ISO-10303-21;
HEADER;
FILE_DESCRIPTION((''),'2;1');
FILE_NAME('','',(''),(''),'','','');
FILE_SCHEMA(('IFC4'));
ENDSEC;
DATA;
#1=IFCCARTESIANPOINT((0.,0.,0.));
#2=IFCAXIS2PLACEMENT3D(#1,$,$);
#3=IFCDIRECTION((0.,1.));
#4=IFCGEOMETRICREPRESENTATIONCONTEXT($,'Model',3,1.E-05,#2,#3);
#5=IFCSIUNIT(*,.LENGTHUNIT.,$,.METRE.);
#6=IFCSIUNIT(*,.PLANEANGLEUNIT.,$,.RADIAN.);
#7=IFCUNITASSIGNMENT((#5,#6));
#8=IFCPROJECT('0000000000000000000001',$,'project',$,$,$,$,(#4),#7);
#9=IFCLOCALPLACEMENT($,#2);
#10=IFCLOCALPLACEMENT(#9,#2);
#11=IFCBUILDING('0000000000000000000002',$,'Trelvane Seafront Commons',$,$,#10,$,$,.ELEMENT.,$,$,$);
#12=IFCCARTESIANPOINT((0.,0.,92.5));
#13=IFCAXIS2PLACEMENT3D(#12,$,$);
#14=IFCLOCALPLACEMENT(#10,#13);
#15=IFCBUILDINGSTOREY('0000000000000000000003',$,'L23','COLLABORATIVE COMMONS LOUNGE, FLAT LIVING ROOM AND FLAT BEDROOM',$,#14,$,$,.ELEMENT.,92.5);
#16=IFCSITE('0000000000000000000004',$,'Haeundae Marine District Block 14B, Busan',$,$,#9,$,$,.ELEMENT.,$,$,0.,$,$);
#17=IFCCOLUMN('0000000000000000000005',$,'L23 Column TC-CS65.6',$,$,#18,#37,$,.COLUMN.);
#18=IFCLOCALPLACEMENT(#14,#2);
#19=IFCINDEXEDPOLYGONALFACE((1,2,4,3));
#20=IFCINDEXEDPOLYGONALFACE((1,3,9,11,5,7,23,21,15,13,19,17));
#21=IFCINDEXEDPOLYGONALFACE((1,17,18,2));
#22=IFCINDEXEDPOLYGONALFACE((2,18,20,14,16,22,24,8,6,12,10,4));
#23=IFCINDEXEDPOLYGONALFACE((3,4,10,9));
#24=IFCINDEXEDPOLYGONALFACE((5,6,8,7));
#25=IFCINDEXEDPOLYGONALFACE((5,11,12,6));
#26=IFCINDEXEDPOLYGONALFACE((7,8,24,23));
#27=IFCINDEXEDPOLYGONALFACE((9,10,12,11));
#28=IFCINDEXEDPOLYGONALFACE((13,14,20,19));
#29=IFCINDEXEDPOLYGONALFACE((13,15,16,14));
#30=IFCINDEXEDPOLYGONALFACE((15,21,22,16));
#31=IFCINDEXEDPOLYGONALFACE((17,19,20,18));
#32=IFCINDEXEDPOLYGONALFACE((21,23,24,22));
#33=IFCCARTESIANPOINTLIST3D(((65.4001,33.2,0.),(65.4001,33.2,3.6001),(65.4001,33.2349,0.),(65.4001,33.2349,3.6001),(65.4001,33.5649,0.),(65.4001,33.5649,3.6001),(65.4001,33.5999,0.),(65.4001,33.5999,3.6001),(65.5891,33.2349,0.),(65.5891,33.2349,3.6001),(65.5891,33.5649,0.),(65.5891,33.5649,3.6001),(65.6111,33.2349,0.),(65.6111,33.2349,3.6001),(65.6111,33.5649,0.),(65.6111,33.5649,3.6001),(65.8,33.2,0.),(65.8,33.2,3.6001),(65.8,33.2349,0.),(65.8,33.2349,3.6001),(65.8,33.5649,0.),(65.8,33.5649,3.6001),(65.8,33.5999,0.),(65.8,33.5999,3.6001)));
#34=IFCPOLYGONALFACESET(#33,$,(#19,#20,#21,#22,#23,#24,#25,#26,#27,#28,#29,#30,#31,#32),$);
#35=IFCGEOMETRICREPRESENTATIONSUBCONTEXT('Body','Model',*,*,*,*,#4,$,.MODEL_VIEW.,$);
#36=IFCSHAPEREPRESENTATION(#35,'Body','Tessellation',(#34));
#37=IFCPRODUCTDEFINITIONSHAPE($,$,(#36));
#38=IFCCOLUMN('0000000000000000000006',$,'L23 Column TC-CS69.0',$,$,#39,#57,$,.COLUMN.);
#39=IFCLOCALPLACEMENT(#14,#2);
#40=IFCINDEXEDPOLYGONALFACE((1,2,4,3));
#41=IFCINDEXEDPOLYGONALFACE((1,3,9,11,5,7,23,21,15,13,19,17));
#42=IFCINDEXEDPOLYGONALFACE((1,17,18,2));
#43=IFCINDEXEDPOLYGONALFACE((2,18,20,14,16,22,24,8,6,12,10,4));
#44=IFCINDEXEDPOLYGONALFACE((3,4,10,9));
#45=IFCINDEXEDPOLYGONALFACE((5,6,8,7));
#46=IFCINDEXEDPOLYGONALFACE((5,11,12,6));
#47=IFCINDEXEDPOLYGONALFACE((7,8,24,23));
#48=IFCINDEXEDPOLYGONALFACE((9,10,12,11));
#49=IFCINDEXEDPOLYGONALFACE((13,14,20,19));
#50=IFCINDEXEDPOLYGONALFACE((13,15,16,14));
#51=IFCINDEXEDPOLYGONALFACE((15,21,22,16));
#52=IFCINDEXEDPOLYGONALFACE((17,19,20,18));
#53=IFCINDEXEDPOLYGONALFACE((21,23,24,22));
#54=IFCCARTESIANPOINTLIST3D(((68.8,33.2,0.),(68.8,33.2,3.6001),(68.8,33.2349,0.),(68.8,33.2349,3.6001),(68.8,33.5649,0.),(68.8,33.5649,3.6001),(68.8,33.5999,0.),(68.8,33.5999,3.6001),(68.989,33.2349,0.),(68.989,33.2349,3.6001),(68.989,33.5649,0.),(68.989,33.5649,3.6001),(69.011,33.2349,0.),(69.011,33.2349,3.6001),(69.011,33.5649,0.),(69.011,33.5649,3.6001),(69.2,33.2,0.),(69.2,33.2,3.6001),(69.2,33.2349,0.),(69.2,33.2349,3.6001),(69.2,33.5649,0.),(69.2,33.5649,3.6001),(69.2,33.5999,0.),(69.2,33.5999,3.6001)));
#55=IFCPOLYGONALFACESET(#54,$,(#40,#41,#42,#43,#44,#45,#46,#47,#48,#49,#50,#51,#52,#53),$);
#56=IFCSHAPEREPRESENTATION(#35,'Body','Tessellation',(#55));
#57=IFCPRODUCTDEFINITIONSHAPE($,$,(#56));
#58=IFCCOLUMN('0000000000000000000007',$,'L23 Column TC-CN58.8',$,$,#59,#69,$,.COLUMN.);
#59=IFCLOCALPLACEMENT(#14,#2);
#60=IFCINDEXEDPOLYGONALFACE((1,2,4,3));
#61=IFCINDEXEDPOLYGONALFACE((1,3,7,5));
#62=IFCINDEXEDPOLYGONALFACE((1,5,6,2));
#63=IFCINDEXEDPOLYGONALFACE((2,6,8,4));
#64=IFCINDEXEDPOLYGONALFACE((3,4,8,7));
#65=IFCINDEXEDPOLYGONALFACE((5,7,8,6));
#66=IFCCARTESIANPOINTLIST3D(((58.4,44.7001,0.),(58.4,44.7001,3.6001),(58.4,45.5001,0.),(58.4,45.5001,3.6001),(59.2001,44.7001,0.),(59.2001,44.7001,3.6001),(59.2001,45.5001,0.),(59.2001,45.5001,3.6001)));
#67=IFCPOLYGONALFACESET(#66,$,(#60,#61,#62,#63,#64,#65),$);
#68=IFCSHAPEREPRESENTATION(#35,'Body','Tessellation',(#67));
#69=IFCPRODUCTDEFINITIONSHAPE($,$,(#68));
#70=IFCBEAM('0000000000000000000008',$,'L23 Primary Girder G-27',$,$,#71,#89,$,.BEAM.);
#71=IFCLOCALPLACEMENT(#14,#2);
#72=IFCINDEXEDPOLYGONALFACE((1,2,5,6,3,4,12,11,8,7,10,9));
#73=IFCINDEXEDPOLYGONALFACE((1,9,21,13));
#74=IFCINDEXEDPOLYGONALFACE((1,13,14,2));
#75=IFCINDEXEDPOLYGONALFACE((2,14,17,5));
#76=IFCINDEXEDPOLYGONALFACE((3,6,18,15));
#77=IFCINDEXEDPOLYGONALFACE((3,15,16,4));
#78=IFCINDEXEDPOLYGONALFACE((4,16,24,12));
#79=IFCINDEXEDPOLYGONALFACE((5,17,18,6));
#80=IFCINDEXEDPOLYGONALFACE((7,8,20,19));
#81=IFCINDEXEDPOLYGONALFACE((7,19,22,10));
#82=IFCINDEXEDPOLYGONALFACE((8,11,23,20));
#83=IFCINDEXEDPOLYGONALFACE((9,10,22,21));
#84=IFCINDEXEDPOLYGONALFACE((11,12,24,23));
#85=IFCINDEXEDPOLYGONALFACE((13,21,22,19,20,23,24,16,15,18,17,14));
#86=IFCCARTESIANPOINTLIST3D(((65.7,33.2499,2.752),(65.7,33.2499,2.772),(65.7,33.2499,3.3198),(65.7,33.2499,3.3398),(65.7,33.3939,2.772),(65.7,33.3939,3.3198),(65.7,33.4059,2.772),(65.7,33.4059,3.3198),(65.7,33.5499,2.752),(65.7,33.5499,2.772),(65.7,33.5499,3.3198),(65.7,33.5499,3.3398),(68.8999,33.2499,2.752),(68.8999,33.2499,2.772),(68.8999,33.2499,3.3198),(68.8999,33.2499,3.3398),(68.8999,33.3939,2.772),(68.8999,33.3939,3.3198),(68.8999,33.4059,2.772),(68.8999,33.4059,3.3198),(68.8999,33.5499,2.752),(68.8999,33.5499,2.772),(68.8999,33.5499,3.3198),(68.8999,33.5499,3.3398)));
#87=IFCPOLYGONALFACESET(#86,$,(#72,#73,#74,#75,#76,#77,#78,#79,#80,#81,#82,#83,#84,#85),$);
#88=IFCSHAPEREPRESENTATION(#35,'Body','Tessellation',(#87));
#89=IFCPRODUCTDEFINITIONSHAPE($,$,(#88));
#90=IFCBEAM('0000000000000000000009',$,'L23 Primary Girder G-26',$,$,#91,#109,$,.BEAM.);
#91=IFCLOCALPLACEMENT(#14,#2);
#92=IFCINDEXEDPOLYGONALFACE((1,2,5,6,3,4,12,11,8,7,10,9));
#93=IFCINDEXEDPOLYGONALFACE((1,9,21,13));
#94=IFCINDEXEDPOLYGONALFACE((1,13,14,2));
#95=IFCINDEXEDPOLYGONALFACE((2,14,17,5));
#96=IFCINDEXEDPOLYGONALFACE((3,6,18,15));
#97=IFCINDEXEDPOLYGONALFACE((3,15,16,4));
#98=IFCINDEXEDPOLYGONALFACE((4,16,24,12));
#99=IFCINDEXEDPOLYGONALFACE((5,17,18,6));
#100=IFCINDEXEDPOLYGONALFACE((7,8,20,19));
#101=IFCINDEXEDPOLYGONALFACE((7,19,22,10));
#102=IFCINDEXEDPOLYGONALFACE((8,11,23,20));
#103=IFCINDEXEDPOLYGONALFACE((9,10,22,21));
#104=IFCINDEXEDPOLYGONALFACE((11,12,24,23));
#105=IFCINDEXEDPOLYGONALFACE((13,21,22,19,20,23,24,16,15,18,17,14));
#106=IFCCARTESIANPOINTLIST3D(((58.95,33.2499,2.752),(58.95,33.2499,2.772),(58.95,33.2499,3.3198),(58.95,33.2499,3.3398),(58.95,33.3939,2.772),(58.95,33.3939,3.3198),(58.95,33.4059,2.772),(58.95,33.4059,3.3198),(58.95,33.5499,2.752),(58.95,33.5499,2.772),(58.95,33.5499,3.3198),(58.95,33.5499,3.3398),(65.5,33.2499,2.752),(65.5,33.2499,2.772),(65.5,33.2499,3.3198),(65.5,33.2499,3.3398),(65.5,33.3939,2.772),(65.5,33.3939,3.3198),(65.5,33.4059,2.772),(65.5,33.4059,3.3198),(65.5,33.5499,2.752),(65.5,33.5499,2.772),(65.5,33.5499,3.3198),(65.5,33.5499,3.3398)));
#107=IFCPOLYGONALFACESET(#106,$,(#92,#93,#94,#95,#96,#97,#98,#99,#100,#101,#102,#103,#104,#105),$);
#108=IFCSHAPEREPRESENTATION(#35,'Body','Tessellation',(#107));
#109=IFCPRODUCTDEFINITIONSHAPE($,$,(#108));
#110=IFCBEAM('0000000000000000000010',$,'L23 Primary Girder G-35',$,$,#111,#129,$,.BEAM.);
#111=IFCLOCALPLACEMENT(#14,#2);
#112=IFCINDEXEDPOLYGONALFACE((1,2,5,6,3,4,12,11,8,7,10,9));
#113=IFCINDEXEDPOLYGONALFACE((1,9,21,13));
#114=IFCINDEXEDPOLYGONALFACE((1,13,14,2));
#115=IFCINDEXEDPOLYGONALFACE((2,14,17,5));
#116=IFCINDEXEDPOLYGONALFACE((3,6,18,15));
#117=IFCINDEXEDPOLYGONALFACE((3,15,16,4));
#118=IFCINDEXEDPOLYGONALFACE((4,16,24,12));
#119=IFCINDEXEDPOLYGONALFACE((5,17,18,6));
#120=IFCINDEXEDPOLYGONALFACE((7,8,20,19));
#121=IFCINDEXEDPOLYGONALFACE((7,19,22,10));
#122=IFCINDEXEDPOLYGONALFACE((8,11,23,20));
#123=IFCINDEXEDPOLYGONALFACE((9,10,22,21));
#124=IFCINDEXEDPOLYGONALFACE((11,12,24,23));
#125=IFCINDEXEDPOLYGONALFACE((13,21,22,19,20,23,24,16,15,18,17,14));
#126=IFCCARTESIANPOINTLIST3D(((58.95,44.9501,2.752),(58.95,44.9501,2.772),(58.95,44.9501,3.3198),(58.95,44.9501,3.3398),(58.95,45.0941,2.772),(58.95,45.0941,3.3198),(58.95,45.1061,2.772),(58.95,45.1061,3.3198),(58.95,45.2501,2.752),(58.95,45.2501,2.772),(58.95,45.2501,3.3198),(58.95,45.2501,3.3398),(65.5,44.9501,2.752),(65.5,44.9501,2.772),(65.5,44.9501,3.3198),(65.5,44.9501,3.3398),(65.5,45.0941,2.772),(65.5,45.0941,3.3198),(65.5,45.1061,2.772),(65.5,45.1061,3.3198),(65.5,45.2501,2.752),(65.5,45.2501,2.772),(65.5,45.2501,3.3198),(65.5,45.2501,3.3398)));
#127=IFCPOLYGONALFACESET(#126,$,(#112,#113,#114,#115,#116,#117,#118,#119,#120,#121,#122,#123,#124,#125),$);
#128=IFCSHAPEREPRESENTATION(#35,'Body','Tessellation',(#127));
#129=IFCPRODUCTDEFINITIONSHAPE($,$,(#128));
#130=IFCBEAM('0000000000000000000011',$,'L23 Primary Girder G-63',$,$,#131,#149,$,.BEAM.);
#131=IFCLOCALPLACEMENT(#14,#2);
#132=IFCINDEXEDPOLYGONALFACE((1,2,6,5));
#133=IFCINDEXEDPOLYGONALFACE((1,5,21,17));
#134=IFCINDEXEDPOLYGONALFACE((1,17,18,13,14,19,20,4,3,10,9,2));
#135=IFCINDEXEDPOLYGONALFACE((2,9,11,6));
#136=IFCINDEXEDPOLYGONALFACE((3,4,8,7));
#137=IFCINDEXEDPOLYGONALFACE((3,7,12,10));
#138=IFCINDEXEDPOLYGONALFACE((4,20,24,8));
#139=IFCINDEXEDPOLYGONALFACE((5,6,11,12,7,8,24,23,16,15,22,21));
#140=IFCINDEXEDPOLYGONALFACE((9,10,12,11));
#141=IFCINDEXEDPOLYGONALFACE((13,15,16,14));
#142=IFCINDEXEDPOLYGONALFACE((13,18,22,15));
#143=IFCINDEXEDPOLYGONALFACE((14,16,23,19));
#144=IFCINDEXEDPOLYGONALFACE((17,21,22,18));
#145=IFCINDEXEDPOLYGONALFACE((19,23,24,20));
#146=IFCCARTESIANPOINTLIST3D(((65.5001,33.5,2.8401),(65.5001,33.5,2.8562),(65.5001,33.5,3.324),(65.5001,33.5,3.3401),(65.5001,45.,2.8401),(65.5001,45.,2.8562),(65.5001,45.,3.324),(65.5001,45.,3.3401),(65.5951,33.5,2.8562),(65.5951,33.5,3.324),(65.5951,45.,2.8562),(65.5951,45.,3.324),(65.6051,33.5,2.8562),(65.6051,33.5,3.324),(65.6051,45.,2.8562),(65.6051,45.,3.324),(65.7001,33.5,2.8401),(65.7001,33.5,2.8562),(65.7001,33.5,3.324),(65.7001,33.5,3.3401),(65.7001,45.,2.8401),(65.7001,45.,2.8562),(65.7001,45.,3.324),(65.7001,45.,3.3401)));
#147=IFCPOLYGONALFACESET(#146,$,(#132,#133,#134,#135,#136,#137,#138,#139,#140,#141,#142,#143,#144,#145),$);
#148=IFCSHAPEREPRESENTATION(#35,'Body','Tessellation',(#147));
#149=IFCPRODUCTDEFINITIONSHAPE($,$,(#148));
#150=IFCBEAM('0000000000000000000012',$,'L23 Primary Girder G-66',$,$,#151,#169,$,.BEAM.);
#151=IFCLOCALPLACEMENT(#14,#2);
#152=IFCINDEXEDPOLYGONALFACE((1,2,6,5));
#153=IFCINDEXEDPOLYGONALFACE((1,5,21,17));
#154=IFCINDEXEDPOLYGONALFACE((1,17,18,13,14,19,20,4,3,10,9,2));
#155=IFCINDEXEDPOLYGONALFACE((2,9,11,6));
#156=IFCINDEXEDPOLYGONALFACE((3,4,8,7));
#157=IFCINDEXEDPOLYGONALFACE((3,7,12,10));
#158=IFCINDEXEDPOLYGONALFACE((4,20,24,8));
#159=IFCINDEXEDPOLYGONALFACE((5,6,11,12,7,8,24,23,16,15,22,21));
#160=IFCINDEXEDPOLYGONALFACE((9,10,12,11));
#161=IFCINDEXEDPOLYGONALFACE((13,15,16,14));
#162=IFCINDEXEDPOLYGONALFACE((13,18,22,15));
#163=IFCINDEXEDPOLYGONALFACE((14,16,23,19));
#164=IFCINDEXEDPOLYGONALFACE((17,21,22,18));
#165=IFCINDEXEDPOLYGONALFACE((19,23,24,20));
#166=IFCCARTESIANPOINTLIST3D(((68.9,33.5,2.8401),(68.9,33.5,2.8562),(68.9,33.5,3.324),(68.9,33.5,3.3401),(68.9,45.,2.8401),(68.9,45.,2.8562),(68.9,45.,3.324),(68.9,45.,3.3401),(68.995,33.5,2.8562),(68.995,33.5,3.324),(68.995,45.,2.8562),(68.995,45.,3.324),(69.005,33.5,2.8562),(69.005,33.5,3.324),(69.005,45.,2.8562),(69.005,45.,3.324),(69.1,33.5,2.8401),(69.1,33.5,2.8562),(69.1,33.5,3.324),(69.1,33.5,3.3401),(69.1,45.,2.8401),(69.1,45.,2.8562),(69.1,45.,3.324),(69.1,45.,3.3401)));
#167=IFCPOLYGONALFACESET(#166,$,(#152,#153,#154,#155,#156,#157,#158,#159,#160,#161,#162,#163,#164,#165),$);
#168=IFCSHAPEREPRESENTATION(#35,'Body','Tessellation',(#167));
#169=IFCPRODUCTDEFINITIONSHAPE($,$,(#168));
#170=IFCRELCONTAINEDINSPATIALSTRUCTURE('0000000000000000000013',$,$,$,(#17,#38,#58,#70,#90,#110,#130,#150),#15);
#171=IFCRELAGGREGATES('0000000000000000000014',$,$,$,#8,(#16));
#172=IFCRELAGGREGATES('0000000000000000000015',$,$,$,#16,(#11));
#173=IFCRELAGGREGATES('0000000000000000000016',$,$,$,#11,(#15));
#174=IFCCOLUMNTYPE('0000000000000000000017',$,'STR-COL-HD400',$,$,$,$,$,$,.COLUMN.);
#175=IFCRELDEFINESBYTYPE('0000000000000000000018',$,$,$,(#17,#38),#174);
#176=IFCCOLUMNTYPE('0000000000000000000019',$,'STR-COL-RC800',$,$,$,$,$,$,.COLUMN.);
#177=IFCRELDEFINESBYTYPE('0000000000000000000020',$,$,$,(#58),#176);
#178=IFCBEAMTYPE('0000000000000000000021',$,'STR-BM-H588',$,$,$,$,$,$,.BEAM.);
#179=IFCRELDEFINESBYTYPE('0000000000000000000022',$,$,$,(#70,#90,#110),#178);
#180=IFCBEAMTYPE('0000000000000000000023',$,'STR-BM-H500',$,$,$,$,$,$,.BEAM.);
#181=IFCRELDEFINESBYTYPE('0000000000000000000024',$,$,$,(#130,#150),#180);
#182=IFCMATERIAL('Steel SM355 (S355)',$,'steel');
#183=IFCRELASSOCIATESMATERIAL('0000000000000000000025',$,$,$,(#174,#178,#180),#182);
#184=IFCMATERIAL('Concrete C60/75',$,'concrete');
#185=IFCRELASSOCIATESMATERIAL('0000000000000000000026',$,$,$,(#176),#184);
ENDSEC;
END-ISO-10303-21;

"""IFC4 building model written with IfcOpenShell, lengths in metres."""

from ifc_helpers import new_model, si_unit, direction, frame, origin, origin_2d, place, context, subcontext, project, spatial, rectangle, i_section, extrude, source, transform, mapped, material, material_profile, profile_set, type_object, element, save


model = new_model("IFC4")

# Units and contexts
model_context = context("Model", 3, precision=1e-05, world=origin(), true_north=direction((0.0, 1.0)))
body_context = subcontext(model_context, "Body", "Model", "MODEL_VIEW")
ifc_project = project(units=[si_unit("LENGTHUNIT", "METRE"), si_unit("PLANEANGLEUNIT", "RADIAN")], contexts=[model_context])

# Site, building, storey
site_placement = place(None, origin())
site = spatial("IfcSite", under=ifc_project, at=site_placement, Name="Haeundae Marine District Block 14B, Busan", CompositionType="ELEMENT", RefElevation=0.0)
building_placement = place(site_placement, origin())
building = spatial("IfcBuilding", under=site, at=building_placement, Name="Trelvane Seafront Commons", CompositionType="ELEMENT")
storey_placement = place(building_placement, frame((0.0, 0.0, 92.5)))
storey = spatial("IfcBuildingStorey", under=building, at=storey_placement, Name="L23", Description="COLLABORATIVE COMMONS LOUNGE, FLAT LIVING ROOM AND FLAT BEDROOM", CompositionType="ELEMENT", Elevation=92.5)

# Columns
ifc_material_1 = material(Name="Steel SM355 (S355)", Category="steel")
ifc_material_profile_1 = material_profile(ifc_material_1, i_section(OverallWidth=0.3999, OverallDepth=0.3999, WebThickness=0.022, FlangeThickness=0.0349, at=origin_2d()), Name="HD-400x400x22x35")
ifc_profile_set_1 = profile_set([ifc_material_profile_1], Name="Steel SM355 (S355)")
column_type_1 = type_object("IfcColumnType", Name="STR-COL-HD400", PredefinedType="COLUMN", material=ifc_profile_set_1)
shared_shape_1 = source(origin(), body_context, "Body", "SweptSolid", [
    extrude(i_section(OverallWidth=0.3999, OverallDepth=0.3999, WebThickness=0.022, FlangeThickness=0.0349, at=origin_2d()), origin(), (0.0, 0.0, 1.0), 3.6001),
])
for number, where, z_axis, x_axis, name in (
    (1, (65.6001, 33.3999, 0.0), (0.0, 0.0, 1.0), (1.0, 0.0, 0.0), "L23 Column TC-CS65.6"),
    (2, (69.0, 33.3999, 0.0), (0.0, 0.0, 1.0), (1.0, 0.0, 0.0), "L23 Column TC-CS69.0"),
):
    element("IfcColumn", number, at=place(storey_placement, frame(where, z_axis=z_axis, x_axis=x_axis)), inside=storey, type_object=column_type_1, Name=name, PredefinedType="COLUMN", context=body_context, shape_type="MappedRepresentation", body=[
        mapped(shared_shape_1, transform((0.0, 0.0, 0.0), x_axis=(1.0, 0.0, 0.0), y_axis=(0.0, 1.0, 0.0), z_axis=(0.0, 0.0, 1.0), scale=1.0)),
    ])
ifc_material_2 = material(Name="Concrete C60/75", Category="concrete")
ifc_material_profile_2 = material_profile(ifc_material_2, rectangle(XDim=0.8, YDim=0.8, at=origin_2d()), Name="RC-800x800")
ifc_profile_set_2 = profile_set([ifc_material_profile_2], Name="Concrete C60/75")
column_type_2 = type_object("IfcColumnType", Name="STR-COL-RC800", PredefinedType="COLUMN", material=ifc_profile_set_2)
shared_shape_2 = source(origin(), body_context, "Body", "SweptSolid", [
    extrude(rectangle(XDim=0.8, YDim=0.8, at=origin_2d()), origin(), (0.0, 0.0, 1.0), 3.6001),
])
column_placement = place(storey_placement, frame((58.8, 45.1001, 0.0), z_axis=(0.0, 0.0, 1.0), x_axis=(1.0, 0.0, 0.0)))
element("IfcColumn", 3, at=column_placement, inside=storey, type_object=column_type_2, Name="L23 Column TC-CN58.8", PredefinedType="COLUMN", context=body_context, shape_type="MappedRepresentation", body=[
    mapped(shared_shape_2, transform((0.0, 0.0, 0.0), x_axis=(1.0, 0.0, 0.0), y_axis=(0.0, 1.0, 0.0), z_axis=(0.0, 0.0, 1.0), scale=1.0)),
])

# Beams
ifc_material_profile_3 = material_profile(ifc_material_1, i_section(OverallWidth=0.3, OverallDepth=0.5879, WebThickness=0.012, FlangeThickness=0.02, at=origin_2d()), Name="H-588x300x12x20")
ifc_profile_set_3 = profile_set([ifc_material_profile_3], Name="Steel SM355 (S355)")
beam_type_1 = type_object("IfcBeamType", Name="STR-BM-H588", PredefinedType="BEAM", material=ifc_profile_set_3)
shared_shape_3 = source(origin(), body_context, "Body", "SweptSolid", [
    extrude(i_section(OverallWidth=0.3, OverallDepth=0.5879, WebThickness=0.012, FlangeThickness=0.02, at=origin_2d()), origin(), (0.0, 0.0, 1.0), 3.2),
])
beam_1_placement = place(storey_placement, frame((65.7, 33.3999, 3.0459), z_axis=(1.0, 0.0, 0.0), x_axis=(0.0, 1.0, 0.0)))
element("IfcBeam", 4, at=beam_1_placement, inside=storey, type_object=beam_type_1, Name="L23 Primary Girder G-27", PredefinedType="BEAM", context=body_context, shape_type="MappedRepresentation", body=[
    mapped(shared_shape_3, transform((0.0, 0.0, 0.0), x_axis=(1.0, 0.0, 0.0), y_axis=(0.0, 1.0, 0.0), z_axis=(0.0, 0.0, 1.0), scale=1.0)),
])
shared_shape_4 = source(origin(), body_context, "Body", "SweptSolid", [
    extrude(i_section(OverallWidth=0.3, OverallDepth=0.5879, WebThickness=0.012, FlangeThickness=0.02, at=origin_2d()), origin(), (0.0, 0.0, 1.0), 6.55),
])
for number, where, z_axis, x_axis, name in (
    (5, (58.95, 33.3999, 3.0459), (1.0, 0.0, 0.0), (0.0, 1.0, 0.0), "L23 Primary Girder G-26"),
    (6, (58.95, 45.1001, 3.0459), (1.0, 0.0, 0.0), (0.0, 1.0, 0.0), "L23 Primary Girder G-35"),
):
    element("IfcBeam", number, at=place(storey_placement, frame(where, z_axis=z_axis, x_axis=x_axis)), inside=storey, type_object=beam_type_1, Name=name, PredefinedType="BEAM", context=body_context, shape_type="MappedRepresentation", body=[
        mapped(shared_shape_4, transform((0.0, 0.0, 0.0), x_axis=(1.0, 0.0, 0.0), y_axis=(0.0, 1.0, 0.0), z_axis=(0.0, 0.0, 1.0), scale=1.0)),
    ])
ifc_material_profile_4 = material_profile(ifc_material_1, i_section(OverallWidth=0.2, OverallDepth=0.5, WebThickness=0.01, FlangeThickness=0.0161, at=origin_2d()), Name="H-500x200x10x16")
ifc_profile_set_4 = profile_set([ifc_material_profile_4], Name="Steel SM355 (S355)")
beam_type_2 = type_object("IfcBeamType", Name="STR-BM-H500", PredefinedType="BEAM", material=ifc_profile_set_4)
shared_shape_5 = source(origin(), body_context, "Body", "SweptSolid", [
    extrude(i_section(OverallWidth=0.2, OverallDepth=0.5, WebThickness=0.01, FlangeThickness=0.0161, at=origin_2d()), origin(), (0.0, 0.0, 1.0), 11.5),
])
for number, where, z_axis, x_axis, name in (
    (7, (65.6001, 33.5, 3.0901), (0.0, 1.0, 0.0), (-1.0, 0.0, 0.0), "L23 Primary Girder G-63"),
    (8, (69.0, 33.5, 3.0901), (0.0, 1.0, 0.0), (-1.0, 0.0, 0.0), "L23 Primary Girder G-66"),
):
    element("IfcBeam", number, at=place(storey_placement, frame(where, z_axis=z_axis, x_axis=x_axis)), inside=storey, type_object=beam_type_2, Name=name, PredefinedType="BEAM", context=body_context, shape_type="MappedRepresentation", body=[
        mapped(shared_shape_5, transform((0.0, 0.0, 0.0), x_axis=(1.0, 0.0, 0.0), y_axis=(0.0, 1.0, 0.0), z_axis=(0.0, 0.0, 1.0), scale=1.0)),
    ])

save(model, "model.ifc")
